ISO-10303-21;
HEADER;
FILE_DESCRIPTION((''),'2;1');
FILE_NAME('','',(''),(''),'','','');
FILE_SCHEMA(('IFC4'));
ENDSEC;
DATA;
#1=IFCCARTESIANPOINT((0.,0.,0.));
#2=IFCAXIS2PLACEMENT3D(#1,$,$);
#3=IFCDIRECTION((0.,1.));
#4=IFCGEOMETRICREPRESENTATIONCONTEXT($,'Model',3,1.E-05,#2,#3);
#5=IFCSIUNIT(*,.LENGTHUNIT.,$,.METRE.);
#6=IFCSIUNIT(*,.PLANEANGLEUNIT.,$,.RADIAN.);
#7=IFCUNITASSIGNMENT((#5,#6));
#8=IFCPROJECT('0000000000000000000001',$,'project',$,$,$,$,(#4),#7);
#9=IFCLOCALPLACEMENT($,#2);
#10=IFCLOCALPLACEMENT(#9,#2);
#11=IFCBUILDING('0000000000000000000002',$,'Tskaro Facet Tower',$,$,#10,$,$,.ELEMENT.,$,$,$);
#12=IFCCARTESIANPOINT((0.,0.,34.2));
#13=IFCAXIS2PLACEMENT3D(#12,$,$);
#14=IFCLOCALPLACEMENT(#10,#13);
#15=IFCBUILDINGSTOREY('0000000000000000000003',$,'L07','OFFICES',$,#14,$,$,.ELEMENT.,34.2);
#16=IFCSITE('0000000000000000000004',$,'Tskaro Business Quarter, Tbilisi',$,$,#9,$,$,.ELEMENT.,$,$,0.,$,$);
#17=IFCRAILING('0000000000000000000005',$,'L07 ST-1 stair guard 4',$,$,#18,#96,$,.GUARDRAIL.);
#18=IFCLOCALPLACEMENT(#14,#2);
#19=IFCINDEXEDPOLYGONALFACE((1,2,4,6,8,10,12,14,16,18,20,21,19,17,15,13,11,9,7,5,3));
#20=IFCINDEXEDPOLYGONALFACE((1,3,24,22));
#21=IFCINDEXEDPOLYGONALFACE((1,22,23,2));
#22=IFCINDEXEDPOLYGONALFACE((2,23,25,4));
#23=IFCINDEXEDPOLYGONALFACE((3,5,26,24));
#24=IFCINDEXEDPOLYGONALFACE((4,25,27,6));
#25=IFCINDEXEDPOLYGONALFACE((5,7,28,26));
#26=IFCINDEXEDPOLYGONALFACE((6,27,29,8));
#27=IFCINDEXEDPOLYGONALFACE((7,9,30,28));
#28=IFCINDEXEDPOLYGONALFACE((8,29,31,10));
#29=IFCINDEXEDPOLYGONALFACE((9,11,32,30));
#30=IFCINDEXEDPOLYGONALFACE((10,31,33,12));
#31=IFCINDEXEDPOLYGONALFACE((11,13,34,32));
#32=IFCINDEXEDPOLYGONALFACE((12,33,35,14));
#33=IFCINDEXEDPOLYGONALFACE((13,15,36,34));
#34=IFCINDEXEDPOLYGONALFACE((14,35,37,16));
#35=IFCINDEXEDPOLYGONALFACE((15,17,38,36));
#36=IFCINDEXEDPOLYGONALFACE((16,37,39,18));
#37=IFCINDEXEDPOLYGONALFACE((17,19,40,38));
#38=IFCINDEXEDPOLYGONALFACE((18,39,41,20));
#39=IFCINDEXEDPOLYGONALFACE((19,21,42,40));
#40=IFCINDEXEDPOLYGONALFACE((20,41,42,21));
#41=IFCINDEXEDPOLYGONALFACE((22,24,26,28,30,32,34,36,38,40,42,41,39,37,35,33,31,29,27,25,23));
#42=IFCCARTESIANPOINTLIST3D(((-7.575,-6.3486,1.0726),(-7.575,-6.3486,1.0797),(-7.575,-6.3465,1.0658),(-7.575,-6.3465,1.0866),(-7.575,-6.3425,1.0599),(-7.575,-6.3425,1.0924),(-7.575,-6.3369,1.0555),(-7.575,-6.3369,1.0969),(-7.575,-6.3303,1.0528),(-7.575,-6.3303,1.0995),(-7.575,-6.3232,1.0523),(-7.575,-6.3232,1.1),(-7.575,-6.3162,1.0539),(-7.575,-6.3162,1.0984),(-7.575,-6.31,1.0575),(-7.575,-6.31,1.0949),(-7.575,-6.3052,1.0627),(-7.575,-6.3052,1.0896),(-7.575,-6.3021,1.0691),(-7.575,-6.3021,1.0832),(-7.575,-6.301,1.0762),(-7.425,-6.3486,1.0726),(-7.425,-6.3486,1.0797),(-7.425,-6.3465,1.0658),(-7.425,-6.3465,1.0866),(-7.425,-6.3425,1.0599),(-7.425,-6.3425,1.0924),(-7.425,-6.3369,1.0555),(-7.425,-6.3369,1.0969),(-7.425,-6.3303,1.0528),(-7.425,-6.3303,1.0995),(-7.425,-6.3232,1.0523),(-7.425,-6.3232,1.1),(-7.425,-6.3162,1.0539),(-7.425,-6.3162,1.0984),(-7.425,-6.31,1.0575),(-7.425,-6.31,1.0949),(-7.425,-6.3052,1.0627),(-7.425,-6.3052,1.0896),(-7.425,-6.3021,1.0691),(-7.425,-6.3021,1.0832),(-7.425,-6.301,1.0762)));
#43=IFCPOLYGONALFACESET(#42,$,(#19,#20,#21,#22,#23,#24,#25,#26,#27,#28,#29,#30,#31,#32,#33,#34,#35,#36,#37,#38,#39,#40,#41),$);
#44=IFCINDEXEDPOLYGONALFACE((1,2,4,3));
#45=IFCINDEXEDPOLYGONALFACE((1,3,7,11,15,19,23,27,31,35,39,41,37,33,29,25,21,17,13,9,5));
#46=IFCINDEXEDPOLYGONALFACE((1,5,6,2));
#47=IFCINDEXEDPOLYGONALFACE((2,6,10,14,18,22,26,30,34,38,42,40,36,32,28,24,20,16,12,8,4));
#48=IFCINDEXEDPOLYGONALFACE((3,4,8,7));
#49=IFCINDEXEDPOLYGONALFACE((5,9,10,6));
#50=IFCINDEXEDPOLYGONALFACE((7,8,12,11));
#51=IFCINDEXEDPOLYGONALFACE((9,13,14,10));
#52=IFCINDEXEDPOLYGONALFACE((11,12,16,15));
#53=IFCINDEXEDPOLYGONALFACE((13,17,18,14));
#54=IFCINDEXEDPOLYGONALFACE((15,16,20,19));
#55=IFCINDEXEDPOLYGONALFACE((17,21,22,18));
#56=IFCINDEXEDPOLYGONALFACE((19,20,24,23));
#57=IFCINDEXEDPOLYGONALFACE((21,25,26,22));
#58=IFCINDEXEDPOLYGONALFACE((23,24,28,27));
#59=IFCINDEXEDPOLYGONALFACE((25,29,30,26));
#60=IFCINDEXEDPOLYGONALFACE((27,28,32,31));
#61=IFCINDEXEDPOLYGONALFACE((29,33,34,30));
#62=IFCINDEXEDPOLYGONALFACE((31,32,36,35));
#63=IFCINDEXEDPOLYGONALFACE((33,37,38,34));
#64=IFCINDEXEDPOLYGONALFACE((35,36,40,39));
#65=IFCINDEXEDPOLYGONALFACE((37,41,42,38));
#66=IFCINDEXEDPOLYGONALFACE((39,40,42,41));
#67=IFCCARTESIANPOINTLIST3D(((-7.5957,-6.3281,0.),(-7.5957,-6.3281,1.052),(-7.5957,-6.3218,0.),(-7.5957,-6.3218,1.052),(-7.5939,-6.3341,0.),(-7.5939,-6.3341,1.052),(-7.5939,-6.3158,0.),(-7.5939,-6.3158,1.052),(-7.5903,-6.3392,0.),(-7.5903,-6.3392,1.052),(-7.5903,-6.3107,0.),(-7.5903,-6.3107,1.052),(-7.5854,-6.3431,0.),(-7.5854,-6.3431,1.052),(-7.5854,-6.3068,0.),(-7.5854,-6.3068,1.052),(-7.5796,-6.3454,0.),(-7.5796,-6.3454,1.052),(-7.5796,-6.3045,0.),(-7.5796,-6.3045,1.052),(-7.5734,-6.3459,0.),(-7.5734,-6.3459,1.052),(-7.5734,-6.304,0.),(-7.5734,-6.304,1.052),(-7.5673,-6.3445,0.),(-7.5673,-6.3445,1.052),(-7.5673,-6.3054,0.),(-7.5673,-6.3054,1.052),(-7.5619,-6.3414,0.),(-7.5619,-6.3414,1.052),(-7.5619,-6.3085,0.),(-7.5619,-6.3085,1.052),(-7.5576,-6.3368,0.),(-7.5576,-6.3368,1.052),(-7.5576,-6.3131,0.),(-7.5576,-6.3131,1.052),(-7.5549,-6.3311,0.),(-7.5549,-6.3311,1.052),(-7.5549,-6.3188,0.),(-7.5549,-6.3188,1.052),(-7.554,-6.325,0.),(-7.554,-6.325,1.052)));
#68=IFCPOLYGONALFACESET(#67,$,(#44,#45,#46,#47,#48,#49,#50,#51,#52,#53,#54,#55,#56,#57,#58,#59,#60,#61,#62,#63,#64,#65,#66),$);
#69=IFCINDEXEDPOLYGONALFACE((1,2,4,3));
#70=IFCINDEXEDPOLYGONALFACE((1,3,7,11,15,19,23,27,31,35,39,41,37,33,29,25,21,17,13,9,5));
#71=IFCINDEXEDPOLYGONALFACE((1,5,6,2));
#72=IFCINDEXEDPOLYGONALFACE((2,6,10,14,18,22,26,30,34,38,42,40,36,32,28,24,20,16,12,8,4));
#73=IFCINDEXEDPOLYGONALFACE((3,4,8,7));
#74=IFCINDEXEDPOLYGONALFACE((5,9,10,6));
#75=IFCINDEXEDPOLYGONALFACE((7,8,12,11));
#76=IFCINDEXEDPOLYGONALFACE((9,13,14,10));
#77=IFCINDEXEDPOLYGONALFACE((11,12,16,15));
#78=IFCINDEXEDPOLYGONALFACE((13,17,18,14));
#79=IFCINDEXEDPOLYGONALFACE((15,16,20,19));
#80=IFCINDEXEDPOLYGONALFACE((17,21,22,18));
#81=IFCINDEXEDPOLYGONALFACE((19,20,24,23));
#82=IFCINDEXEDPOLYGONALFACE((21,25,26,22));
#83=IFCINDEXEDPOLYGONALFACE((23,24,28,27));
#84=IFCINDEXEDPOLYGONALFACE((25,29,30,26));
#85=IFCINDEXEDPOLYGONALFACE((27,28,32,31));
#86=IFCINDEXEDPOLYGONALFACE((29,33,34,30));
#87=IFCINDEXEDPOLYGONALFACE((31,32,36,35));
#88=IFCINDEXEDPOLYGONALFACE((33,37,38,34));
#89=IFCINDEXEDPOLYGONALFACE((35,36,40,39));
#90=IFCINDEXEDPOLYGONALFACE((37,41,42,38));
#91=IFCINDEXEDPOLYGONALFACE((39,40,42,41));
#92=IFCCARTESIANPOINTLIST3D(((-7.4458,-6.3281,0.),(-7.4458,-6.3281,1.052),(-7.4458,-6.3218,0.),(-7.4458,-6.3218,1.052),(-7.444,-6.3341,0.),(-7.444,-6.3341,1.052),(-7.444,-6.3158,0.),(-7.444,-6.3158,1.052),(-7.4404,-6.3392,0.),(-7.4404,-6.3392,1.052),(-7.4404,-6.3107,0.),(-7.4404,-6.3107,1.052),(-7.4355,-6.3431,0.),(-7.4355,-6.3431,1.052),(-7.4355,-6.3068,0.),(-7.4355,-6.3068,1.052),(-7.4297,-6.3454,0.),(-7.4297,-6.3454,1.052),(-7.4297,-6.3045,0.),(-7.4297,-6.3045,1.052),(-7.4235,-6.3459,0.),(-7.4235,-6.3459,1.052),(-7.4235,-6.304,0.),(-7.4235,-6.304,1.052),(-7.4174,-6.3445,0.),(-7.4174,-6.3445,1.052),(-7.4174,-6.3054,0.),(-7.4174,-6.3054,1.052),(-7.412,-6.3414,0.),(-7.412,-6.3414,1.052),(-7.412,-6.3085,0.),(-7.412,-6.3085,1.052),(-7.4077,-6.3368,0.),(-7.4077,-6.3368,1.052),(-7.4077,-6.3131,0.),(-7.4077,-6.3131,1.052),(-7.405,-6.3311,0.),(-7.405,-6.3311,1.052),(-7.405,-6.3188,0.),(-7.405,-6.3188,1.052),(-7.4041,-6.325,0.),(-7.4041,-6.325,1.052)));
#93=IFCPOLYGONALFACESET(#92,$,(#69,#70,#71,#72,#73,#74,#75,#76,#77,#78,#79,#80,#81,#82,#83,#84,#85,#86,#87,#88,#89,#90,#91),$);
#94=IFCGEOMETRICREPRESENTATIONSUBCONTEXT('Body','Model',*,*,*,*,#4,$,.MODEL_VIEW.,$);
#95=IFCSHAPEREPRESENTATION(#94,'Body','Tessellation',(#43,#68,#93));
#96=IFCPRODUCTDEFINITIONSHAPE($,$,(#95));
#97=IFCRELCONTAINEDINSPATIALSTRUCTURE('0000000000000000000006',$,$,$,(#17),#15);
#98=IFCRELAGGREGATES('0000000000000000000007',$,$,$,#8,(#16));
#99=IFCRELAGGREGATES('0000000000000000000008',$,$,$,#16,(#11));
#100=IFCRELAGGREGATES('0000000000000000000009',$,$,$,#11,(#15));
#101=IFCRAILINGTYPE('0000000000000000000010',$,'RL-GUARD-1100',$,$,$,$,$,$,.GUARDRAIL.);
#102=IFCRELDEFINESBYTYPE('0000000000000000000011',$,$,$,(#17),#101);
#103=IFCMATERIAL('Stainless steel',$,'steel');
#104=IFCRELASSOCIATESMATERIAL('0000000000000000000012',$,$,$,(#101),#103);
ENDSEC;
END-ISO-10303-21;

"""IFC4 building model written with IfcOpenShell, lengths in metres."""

from ifc_helpers import new_model, si_unit, direction, frame, origin, origin_2d, place, context, subcontext, project, spatial, circle, extrude, material, type_object, element, save


model = new_model("IFC4")

# Units and contexts
model_context = context("Model", 3, precision=1e-05, world=origin(), true_north=direction((0.0, 1.0)))
body_context = subcontext(model_context, "Body", "Model", "MODEL_VIEW")
ifc_project = project(units=[si_unit("LENGTHUNIT", "METRE"), si_unit("PLANEANGLEUNIT", "RADIAN")], contexts=[model_context])

# Site, building, storey
site_placement = place(None, origin())
site = spatial("IfcSite", under=ifc_project, at=site_placement, Name="Tskaro Business Quarter, Tbilisi", CompositionType="ELEMENT", RefElevation=0.0)
building_placement = place(site_placement, origin())
building = spatial("IfcBuilding", under=site, at=building_placement, Name="Tskaro Facet Tower", CompositionType="ELEMENT")
storey_placement = place(building_placement, frame((0.0, 0.0, 34.2)))
storey = spatial("IfcBuildingStorey", under=building, at=storey_placement, Name="L07", Description="OFFICES", CompositionType="ELEMENT", Elevation=34.2)

# Shared definitions
ifc_material_1 = material(Name="Stainless steel", Category="steel")

# Railing
railing_type_1 = type_object("IfcRailingType", Name="RL-GUARD-1100", PredefinedType="GUARDRAIL", material=ifc_material_1)
railing_1_placement = place(storey_placement, frame((-7.575, -6.325, 0.0)))
element("IfcRailing", 1, at=railing_1_placement, inside=storey, type_object=railing_type_1, Name="L07 ST-1 stair guard 4", PredefinedType="GUARDRAIL", context=body_context, shape_type="SweptSolid", body=[
    extrude(circle(Radius=0.0239, at=origin_2d()), frame((0.0, 0.0, 1.0762), z_axis=(1.0, 0.0, 0.0), x_axis=(0.0, 1.0, 0.0)), (0.0, 0.0, 1.0), 0.1499),
    extrude(circle(Radius=0.021, at=origin_2d()), origin(), (0.0, 0.0, 1.0), 1.052),
    extrude(circle(Radius=0.021, at=origin_2d()), frame((0.1499, 0.0, 0.0)), (0.0, 0.0, 1.0), 1.052),
])

save(model, "model.ifc")
